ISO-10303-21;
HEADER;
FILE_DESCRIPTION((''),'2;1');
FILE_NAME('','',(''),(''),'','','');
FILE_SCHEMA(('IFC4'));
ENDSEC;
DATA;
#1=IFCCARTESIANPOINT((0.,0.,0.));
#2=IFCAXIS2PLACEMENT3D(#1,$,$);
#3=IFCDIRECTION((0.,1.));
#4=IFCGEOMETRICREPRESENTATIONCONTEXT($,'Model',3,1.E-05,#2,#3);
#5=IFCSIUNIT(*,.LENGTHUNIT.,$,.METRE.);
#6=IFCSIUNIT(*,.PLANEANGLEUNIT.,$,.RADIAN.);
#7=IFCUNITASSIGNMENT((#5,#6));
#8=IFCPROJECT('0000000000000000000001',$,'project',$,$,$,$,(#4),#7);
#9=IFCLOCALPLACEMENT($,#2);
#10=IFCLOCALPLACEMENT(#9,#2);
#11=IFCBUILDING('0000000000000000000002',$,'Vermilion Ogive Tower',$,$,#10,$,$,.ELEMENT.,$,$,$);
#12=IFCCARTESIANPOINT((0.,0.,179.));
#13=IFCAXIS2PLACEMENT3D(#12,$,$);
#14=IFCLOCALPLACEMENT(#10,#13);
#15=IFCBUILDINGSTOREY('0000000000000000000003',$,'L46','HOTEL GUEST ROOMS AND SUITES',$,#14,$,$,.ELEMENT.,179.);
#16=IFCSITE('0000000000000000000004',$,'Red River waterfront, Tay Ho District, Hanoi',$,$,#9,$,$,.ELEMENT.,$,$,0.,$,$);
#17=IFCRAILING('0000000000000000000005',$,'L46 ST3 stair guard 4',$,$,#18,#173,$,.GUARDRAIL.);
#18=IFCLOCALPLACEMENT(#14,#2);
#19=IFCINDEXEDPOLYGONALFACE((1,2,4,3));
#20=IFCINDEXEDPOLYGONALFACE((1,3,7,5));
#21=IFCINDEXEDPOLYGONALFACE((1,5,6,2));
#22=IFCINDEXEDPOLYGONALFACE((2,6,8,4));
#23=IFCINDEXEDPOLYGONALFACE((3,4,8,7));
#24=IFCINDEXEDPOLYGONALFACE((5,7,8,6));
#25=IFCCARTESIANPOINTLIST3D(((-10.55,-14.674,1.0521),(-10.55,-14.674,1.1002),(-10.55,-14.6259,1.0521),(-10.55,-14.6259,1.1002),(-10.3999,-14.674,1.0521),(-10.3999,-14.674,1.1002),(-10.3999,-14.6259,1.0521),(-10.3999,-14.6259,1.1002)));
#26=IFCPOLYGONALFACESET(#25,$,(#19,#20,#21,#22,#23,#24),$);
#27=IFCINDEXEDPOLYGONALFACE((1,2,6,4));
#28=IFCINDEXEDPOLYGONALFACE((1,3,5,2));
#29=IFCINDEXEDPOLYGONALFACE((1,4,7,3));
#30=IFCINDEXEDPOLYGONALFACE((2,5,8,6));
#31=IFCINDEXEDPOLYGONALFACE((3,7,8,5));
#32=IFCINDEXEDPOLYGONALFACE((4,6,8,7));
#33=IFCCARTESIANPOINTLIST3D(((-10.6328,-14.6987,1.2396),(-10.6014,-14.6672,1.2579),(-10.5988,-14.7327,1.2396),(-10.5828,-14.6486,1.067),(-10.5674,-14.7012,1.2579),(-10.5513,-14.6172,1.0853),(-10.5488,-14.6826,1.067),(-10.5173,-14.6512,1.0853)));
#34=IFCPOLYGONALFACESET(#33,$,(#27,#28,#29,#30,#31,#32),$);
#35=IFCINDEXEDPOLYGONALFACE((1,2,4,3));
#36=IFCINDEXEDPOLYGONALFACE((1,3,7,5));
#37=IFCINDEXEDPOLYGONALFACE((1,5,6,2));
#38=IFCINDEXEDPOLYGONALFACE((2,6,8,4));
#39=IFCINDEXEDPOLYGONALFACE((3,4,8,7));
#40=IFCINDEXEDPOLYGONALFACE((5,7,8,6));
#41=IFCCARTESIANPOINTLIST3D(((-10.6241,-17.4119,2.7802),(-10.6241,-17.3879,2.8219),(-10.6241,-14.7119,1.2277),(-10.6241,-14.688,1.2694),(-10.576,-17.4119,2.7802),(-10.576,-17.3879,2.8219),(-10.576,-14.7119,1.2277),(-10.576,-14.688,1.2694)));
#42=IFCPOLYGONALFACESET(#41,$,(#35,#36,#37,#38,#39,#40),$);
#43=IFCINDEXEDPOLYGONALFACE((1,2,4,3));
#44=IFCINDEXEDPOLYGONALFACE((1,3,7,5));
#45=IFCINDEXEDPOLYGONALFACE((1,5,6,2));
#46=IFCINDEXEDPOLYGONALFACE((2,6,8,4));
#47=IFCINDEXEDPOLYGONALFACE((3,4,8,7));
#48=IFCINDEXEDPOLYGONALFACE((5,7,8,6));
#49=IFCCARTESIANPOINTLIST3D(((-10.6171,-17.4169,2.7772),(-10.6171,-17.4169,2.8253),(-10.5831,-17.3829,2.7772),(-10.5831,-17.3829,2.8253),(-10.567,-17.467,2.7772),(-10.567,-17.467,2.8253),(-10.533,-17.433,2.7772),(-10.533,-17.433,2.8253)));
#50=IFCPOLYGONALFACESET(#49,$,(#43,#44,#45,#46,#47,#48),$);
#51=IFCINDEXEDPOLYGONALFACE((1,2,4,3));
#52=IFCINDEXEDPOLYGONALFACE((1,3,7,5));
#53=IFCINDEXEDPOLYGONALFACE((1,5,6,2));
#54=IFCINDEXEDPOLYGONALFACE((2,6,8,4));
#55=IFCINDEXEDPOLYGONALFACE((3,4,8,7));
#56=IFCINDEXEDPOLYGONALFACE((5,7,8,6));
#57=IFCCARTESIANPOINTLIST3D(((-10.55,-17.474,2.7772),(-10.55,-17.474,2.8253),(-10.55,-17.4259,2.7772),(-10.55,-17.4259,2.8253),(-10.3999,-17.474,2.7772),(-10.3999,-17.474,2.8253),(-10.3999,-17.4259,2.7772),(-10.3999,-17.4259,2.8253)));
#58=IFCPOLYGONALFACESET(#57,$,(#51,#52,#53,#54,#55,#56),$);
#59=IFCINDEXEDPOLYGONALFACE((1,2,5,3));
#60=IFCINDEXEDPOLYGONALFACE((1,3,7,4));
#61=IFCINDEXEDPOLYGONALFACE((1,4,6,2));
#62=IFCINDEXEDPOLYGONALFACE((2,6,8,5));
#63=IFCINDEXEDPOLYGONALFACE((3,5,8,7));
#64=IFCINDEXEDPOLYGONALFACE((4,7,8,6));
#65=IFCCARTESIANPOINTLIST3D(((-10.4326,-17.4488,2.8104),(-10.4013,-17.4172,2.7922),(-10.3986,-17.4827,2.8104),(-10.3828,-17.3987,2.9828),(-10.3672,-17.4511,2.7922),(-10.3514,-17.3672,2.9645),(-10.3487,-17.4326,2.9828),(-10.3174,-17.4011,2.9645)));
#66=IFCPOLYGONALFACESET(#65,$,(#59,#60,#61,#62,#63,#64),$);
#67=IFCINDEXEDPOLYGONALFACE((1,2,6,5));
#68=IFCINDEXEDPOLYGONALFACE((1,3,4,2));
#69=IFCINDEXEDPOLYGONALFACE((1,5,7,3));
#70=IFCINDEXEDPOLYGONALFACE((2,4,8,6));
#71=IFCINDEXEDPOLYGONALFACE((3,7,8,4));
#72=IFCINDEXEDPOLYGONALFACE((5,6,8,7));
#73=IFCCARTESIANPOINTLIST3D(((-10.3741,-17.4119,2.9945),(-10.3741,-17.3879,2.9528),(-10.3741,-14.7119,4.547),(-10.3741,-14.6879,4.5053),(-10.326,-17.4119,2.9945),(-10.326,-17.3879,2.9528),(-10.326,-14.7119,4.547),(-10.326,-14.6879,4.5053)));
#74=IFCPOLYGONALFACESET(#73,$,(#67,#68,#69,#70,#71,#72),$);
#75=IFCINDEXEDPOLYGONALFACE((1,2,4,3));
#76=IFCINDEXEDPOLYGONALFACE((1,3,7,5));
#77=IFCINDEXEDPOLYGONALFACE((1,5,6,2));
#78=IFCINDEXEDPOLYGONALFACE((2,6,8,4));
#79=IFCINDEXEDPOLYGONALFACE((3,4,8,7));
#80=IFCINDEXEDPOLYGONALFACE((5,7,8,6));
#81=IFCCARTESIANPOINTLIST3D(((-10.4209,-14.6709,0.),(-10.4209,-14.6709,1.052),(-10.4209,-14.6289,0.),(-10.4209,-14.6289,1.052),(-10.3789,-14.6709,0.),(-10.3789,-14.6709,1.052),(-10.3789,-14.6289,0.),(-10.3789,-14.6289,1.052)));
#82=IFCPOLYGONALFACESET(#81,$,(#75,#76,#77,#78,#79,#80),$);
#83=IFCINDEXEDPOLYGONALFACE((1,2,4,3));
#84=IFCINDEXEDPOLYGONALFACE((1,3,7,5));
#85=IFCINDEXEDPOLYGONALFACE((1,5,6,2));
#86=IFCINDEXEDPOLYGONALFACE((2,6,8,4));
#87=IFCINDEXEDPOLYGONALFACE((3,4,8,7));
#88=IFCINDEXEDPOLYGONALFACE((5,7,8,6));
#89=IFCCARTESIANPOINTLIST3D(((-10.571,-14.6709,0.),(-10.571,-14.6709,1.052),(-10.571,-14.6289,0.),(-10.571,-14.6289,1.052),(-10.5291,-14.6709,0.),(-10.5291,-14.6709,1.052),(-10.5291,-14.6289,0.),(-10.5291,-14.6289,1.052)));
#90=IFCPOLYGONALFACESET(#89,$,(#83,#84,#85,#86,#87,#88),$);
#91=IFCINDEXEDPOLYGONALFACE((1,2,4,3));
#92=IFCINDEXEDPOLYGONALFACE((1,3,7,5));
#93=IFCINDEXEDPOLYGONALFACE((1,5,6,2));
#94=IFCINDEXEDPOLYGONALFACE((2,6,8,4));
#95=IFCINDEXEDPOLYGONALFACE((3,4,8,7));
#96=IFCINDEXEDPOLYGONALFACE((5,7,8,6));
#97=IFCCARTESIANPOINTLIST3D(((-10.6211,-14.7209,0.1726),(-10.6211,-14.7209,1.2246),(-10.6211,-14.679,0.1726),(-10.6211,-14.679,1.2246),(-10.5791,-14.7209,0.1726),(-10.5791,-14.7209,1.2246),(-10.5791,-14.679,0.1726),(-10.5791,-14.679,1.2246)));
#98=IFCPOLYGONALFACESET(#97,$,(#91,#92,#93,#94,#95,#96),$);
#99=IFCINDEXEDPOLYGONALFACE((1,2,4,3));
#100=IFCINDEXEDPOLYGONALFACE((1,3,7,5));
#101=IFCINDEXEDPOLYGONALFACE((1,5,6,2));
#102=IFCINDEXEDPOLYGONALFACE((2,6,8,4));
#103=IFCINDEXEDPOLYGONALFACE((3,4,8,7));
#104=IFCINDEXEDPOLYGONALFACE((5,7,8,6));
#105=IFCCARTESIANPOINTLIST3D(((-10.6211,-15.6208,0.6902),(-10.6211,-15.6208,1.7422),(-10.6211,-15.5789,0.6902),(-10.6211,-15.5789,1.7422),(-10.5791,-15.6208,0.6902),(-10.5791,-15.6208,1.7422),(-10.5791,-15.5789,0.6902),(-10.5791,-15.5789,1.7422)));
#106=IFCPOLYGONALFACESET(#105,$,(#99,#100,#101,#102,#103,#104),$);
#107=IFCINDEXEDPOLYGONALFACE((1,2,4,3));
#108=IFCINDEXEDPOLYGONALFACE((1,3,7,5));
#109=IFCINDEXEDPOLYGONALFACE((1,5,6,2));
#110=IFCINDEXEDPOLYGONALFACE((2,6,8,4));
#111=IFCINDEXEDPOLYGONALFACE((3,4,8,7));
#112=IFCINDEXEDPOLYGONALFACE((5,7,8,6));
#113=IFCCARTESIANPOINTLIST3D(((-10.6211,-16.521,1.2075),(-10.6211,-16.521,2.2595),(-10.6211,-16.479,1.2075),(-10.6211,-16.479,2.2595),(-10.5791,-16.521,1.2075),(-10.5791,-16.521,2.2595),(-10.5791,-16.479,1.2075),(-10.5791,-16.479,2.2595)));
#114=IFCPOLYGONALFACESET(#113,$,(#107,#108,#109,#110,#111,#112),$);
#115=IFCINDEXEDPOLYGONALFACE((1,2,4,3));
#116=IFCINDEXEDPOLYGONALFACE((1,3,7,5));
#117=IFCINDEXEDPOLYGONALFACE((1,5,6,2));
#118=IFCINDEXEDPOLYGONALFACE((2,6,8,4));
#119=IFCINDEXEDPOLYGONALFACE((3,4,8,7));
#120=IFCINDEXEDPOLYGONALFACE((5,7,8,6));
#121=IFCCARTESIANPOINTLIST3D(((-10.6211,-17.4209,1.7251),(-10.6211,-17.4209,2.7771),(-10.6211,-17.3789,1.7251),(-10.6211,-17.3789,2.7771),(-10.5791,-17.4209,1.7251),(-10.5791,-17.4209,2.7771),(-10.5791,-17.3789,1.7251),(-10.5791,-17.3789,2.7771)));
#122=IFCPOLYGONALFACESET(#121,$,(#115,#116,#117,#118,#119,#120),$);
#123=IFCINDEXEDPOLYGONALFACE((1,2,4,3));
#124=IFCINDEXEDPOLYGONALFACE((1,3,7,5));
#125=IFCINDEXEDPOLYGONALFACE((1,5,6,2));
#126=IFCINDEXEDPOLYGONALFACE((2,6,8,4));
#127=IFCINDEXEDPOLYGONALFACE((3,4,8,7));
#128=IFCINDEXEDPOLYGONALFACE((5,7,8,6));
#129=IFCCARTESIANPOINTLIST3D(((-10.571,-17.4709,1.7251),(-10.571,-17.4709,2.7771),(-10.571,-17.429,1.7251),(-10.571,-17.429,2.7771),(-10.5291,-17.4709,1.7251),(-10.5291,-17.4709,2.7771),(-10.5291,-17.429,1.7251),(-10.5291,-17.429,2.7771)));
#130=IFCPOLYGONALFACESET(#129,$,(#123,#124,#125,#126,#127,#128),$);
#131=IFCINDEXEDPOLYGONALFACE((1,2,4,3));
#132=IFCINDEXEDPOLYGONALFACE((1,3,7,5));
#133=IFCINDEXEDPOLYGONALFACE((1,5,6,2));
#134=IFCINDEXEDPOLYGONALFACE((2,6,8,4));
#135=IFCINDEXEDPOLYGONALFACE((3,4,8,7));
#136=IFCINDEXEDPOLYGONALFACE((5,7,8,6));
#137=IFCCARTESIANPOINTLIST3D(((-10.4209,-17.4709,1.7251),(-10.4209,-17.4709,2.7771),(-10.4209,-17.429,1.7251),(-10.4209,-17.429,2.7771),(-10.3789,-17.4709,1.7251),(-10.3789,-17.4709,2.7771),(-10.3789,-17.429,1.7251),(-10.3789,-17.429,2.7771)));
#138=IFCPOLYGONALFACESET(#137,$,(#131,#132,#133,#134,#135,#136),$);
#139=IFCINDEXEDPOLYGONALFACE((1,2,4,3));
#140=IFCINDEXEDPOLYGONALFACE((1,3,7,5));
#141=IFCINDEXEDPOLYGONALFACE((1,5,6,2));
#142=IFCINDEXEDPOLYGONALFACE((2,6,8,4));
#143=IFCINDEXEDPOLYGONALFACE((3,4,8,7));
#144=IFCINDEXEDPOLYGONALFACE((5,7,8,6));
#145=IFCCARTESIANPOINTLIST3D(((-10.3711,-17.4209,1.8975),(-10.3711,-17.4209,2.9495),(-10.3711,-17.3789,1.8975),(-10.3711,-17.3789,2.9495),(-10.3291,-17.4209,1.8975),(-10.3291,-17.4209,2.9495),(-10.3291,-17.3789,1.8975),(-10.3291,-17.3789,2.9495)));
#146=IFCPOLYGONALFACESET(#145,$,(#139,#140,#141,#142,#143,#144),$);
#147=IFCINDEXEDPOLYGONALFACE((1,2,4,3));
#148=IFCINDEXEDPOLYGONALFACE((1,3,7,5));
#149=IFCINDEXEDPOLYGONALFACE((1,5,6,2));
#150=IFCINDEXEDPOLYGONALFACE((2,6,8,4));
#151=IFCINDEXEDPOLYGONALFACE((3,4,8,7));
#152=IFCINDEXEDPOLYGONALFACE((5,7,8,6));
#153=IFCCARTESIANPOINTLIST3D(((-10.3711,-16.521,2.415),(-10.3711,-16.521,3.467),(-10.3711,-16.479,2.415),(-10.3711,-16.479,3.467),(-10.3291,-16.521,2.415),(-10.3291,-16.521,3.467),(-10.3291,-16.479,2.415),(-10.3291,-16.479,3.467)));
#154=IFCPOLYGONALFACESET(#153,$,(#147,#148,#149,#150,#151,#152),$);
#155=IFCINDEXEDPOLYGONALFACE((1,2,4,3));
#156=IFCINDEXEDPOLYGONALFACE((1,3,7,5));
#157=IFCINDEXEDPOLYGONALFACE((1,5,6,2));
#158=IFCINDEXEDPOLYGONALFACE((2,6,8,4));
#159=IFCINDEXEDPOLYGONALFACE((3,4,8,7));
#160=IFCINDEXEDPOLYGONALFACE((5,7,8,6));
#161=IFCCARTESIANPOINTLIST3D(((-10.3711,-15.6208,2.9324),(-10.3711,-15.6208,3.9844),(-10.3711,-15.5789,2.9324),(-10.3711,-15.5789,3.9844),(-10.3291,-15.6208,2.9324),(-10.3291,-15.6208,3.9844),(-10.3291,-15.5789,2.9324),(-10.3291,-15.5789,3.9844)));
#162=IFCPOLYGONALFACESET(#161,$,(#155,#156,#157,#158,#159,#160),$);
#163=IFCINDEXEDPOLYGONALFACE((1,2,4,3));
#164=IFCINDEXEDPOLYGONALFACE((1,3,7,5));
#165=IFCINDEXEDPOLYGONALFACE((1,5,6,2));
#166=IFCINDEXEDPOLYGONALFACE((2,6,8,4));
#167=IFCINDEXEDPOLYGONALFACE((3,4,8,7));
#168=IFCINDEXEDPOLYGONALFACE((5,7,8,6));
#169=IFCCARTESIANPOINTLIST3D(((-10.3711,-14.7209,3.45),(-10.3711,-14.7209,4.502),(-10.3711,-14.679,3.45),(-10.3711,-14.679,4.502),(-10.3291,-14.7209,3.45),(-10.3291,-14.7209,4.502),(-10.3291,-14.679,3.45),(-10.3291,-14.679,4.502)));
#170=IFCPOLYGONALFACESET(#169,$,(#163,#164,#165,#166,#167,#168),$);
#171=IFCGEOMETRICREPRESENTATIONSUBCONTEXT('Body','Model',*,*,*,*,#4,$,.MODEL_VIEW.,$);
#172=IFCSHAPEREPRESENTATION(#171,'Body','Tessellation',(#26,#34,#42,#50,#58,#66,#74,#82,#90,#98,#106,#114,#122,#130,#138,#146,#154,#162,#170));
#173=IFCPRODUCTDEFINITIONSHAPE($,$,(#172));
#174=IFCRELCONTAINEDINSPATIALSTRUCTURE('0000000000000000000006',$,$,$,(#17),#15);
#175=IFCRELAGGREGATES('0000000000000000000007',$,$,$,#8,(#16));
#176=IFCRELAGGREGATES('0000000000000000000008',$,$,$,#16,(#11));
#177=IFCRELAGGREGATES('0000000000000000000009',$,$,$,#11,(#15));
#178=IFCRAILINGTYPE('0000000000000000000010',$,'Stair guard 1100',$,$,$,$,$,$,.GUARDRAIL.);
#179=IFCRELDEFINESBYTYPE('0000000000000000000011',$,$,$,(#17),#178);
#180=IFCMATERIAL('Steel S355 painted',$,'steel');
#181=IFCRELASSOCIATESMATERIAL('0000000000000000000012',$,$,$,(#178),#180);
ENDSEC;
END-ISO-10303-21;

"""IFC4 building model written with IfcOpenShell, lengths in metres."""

from ifc_helpers import new_model, si_unit, direction, frame, origin, origin_2d, place, context, subcontext, project, spatial, rectangle, extrude, material, type_object, element, save


model = new_model("IFC4")

# Units and contexts
model_context = context("Model", 3, precision=1e-05, world=origin(), true_north=direction((0.0, 1.0)))
body_context = subcontext(model_context, "Body", "Model", "MODEL_VIEW")
ifc_project = project(units=[si_unit("LENGTHUNIT", "METRE"), si_unit("PLANEANGLEUNIT", "RADIAN")], contexts=[model_context])

# Site, building, storey
site_placement = place(None, origin())
site = spatial("IfcSite", under=ifc_project, at=site_placement, Name="Red River waterfront, Tay Ho District, Hanoi", CompositionType="ELEMENT", RefElevation=0.0)
building_placement = place(site_placement, origin())
building = spatial("IfcBuilding", under=site, at=building_placement, Name="Vermilion Ogive Tower", CompositionType="ELEMENT")
storey_placement = place(building_placement, frame((0.0, 0.0, 179.0)))
storey = spatial("IfcBuildingStorey", under=building, at=storey_placement, Name="L46", Description="HOTEL GUEST ROOMS AND SUITES", CompositionType="ELEMENT", Elevation=179.0)

# Railing
ifc_material_1 = material(Name="Steel S355 painted", Category="steel")
railing_type = type_object("IfcRailingType", Name="Stair guard 1100", PredefinedType="GUARDRAIL", material=ifc_material_1)
railing_placement = place(storey_placement, frame((-10.3999, -14.6499, 0.0)))
element("IfcRailing", 1, at=railing_placement, inside=storey, type_object=railing_type, Name="L46 ST3 stair guard 4", PredefinedType="GUARDRAIL", context=body_context, shape_type="SweptSolid", body=[
    extrude(rectangle(XDim=0.0481, YDim=0.0481, at=origin_2d()), frame((0.0, 0.0, 1.0762), z_axis=(-1.0, 0.0, 0.0), x_axis=(0.0, -1.0, 0.0)), (0.0, 0.0, 1.0), 0.1501),
    extrude(rectangle(XDim=0.0481, YDim=0.0481, at=origin_2d()), frame((-0.1501, 0.0, 1.0762), z_axis=(-0.268278, -0.268278, 0.925232), x_axis=(0.707107, -0.707107, 0.0)), (0.0, 0.0, 1.0), 0.1865),
    extrude(rectangle(XDim=0.0481, YDim=0.0481, at=origin_2d()), frame((-0.2002, -0.05, 1.2485), z_axis=(0.0, -0.866904, 0.498476), x_axis=(1.0, 0.0, 0.0)), (0.0, 0.0, 1.0), 3.1145),
    extrude(rectangle(XDim=0.0481, YDim=0.0481, at=origin_2d()), frame((-0.2002, -2.75, 2.8013), z_axis=(0.707107, -0.707107, 0.0), x_axis=(0.707107, 0.707107, 0.0)), (0.0, 0.0, 1.0), 0.0708),
    extrude(rectangle(XDim=0.0481, YDim=0.0481, at=origin_2d()), frame((-0.1501, -2.8, 2.8013), z_axis=(1.0, 0.0, 0.0), x_axis=(0.0, 1.0, 0.0)), (0.0, 0.0, 1.0), 0.1501),
    extrude(rectangle(XDim=0.0481, YDim=0.0481, at=origin_2d()), frame((0.0, -2.8, 2.8013), z_axis=(0.267387, 0.268698, 0.925368), x_axis=(-0.708834, 0.705376, 0.0)), (0.0, 0.0, 1.0), 0.1863),
    extrude(rectangle(XDim=0.0481, YDim=0.0481, at=origin_2d()), frame((0.0498, -2.75, 2.9736), z_axis=(0.0, 0.866904, 0.498476), x_axis=(-1.0, 0.0, 0.0)), (0.0, 0.0, 1.0), 3.1145),
    extrude(rectangle(XDim=0.042, YDim=0.042, at=origin_2d()), origin(), (0.0, 0.0, 1.0), 1.052),
    extrude(rectangle(XDim=0.042, YDim=0.042, at=origin_2d()), frame((-0.1501, 0.0, 0.0)), (0.0, 0.0, 1.0), 1.052),
    extrude(rectangle(XDim=0.042, YDim=0.042, at=origin_2d()), frame((-0.2002, -0.05, 0.1726)), (0.0, 0.0, 1.0), 1.052),
    extrude(rectangle(XDim=0.042, YDim=0.042, at=origin_2d()), frame((-0.2002, -0.95, 0.6902)), (0.0, 0.0, 1.0), 1.052),
    extrude(rectangle(XDim=0.042, YDim=0.042, at=origin_2d()), frame((-0.2002, -1.8501, 1.2075)), (0.0, 0.0, 1.0), 1.052),
    extrude(rectangle(XDim=0.042, YDim=0.042, at=origin_2d()), frame((-0.2002, -2.75, 1.7251)), (0.0, 0.0, 1.0), 1.052),
    extrude(rectangle(XDim=0.042, YDim=0.042, at=origin_2d()), frame((-0.1501, -2.8, 1.7251)), (0.0, 0.0, 1.0), 1.052),
    extrude(rectangle(XDim=0.042, YDim=0.042, at=origin_2d()), frame((0.0, -2.8, 1.7251)), (0.0, 0.0, 1.0), 1.052),
    extrude(rectangle(XDim=0.042, YDim=0.042, at=origin_2d()), frame((0.0498, -2.75, 1.8975)), (0.0, 0.0, 1.0), 1.052),
    extrude(rectangle(XDim=0.042, YDim=0.042, at=origin_2d()), frame((0.0498, -1.8501, 2.415)), (0.0, 0.0, 1.0), 1.052),
    extrude(rectangle(XDim=0.042, YDim=0.042, at=origin_2d()), frame((0.0498, -0.95, 2.9324)), (0.0, 0.0, 1.0), 1.052),
    extrude(rectangle(XDim=0.042, YDim=0.042, at=origin_2d()), frame((0.0498, -0.05, 3.45)), (0.0, 0.0, 1.0), 1.052),
])

save(model, "model.ifc")
